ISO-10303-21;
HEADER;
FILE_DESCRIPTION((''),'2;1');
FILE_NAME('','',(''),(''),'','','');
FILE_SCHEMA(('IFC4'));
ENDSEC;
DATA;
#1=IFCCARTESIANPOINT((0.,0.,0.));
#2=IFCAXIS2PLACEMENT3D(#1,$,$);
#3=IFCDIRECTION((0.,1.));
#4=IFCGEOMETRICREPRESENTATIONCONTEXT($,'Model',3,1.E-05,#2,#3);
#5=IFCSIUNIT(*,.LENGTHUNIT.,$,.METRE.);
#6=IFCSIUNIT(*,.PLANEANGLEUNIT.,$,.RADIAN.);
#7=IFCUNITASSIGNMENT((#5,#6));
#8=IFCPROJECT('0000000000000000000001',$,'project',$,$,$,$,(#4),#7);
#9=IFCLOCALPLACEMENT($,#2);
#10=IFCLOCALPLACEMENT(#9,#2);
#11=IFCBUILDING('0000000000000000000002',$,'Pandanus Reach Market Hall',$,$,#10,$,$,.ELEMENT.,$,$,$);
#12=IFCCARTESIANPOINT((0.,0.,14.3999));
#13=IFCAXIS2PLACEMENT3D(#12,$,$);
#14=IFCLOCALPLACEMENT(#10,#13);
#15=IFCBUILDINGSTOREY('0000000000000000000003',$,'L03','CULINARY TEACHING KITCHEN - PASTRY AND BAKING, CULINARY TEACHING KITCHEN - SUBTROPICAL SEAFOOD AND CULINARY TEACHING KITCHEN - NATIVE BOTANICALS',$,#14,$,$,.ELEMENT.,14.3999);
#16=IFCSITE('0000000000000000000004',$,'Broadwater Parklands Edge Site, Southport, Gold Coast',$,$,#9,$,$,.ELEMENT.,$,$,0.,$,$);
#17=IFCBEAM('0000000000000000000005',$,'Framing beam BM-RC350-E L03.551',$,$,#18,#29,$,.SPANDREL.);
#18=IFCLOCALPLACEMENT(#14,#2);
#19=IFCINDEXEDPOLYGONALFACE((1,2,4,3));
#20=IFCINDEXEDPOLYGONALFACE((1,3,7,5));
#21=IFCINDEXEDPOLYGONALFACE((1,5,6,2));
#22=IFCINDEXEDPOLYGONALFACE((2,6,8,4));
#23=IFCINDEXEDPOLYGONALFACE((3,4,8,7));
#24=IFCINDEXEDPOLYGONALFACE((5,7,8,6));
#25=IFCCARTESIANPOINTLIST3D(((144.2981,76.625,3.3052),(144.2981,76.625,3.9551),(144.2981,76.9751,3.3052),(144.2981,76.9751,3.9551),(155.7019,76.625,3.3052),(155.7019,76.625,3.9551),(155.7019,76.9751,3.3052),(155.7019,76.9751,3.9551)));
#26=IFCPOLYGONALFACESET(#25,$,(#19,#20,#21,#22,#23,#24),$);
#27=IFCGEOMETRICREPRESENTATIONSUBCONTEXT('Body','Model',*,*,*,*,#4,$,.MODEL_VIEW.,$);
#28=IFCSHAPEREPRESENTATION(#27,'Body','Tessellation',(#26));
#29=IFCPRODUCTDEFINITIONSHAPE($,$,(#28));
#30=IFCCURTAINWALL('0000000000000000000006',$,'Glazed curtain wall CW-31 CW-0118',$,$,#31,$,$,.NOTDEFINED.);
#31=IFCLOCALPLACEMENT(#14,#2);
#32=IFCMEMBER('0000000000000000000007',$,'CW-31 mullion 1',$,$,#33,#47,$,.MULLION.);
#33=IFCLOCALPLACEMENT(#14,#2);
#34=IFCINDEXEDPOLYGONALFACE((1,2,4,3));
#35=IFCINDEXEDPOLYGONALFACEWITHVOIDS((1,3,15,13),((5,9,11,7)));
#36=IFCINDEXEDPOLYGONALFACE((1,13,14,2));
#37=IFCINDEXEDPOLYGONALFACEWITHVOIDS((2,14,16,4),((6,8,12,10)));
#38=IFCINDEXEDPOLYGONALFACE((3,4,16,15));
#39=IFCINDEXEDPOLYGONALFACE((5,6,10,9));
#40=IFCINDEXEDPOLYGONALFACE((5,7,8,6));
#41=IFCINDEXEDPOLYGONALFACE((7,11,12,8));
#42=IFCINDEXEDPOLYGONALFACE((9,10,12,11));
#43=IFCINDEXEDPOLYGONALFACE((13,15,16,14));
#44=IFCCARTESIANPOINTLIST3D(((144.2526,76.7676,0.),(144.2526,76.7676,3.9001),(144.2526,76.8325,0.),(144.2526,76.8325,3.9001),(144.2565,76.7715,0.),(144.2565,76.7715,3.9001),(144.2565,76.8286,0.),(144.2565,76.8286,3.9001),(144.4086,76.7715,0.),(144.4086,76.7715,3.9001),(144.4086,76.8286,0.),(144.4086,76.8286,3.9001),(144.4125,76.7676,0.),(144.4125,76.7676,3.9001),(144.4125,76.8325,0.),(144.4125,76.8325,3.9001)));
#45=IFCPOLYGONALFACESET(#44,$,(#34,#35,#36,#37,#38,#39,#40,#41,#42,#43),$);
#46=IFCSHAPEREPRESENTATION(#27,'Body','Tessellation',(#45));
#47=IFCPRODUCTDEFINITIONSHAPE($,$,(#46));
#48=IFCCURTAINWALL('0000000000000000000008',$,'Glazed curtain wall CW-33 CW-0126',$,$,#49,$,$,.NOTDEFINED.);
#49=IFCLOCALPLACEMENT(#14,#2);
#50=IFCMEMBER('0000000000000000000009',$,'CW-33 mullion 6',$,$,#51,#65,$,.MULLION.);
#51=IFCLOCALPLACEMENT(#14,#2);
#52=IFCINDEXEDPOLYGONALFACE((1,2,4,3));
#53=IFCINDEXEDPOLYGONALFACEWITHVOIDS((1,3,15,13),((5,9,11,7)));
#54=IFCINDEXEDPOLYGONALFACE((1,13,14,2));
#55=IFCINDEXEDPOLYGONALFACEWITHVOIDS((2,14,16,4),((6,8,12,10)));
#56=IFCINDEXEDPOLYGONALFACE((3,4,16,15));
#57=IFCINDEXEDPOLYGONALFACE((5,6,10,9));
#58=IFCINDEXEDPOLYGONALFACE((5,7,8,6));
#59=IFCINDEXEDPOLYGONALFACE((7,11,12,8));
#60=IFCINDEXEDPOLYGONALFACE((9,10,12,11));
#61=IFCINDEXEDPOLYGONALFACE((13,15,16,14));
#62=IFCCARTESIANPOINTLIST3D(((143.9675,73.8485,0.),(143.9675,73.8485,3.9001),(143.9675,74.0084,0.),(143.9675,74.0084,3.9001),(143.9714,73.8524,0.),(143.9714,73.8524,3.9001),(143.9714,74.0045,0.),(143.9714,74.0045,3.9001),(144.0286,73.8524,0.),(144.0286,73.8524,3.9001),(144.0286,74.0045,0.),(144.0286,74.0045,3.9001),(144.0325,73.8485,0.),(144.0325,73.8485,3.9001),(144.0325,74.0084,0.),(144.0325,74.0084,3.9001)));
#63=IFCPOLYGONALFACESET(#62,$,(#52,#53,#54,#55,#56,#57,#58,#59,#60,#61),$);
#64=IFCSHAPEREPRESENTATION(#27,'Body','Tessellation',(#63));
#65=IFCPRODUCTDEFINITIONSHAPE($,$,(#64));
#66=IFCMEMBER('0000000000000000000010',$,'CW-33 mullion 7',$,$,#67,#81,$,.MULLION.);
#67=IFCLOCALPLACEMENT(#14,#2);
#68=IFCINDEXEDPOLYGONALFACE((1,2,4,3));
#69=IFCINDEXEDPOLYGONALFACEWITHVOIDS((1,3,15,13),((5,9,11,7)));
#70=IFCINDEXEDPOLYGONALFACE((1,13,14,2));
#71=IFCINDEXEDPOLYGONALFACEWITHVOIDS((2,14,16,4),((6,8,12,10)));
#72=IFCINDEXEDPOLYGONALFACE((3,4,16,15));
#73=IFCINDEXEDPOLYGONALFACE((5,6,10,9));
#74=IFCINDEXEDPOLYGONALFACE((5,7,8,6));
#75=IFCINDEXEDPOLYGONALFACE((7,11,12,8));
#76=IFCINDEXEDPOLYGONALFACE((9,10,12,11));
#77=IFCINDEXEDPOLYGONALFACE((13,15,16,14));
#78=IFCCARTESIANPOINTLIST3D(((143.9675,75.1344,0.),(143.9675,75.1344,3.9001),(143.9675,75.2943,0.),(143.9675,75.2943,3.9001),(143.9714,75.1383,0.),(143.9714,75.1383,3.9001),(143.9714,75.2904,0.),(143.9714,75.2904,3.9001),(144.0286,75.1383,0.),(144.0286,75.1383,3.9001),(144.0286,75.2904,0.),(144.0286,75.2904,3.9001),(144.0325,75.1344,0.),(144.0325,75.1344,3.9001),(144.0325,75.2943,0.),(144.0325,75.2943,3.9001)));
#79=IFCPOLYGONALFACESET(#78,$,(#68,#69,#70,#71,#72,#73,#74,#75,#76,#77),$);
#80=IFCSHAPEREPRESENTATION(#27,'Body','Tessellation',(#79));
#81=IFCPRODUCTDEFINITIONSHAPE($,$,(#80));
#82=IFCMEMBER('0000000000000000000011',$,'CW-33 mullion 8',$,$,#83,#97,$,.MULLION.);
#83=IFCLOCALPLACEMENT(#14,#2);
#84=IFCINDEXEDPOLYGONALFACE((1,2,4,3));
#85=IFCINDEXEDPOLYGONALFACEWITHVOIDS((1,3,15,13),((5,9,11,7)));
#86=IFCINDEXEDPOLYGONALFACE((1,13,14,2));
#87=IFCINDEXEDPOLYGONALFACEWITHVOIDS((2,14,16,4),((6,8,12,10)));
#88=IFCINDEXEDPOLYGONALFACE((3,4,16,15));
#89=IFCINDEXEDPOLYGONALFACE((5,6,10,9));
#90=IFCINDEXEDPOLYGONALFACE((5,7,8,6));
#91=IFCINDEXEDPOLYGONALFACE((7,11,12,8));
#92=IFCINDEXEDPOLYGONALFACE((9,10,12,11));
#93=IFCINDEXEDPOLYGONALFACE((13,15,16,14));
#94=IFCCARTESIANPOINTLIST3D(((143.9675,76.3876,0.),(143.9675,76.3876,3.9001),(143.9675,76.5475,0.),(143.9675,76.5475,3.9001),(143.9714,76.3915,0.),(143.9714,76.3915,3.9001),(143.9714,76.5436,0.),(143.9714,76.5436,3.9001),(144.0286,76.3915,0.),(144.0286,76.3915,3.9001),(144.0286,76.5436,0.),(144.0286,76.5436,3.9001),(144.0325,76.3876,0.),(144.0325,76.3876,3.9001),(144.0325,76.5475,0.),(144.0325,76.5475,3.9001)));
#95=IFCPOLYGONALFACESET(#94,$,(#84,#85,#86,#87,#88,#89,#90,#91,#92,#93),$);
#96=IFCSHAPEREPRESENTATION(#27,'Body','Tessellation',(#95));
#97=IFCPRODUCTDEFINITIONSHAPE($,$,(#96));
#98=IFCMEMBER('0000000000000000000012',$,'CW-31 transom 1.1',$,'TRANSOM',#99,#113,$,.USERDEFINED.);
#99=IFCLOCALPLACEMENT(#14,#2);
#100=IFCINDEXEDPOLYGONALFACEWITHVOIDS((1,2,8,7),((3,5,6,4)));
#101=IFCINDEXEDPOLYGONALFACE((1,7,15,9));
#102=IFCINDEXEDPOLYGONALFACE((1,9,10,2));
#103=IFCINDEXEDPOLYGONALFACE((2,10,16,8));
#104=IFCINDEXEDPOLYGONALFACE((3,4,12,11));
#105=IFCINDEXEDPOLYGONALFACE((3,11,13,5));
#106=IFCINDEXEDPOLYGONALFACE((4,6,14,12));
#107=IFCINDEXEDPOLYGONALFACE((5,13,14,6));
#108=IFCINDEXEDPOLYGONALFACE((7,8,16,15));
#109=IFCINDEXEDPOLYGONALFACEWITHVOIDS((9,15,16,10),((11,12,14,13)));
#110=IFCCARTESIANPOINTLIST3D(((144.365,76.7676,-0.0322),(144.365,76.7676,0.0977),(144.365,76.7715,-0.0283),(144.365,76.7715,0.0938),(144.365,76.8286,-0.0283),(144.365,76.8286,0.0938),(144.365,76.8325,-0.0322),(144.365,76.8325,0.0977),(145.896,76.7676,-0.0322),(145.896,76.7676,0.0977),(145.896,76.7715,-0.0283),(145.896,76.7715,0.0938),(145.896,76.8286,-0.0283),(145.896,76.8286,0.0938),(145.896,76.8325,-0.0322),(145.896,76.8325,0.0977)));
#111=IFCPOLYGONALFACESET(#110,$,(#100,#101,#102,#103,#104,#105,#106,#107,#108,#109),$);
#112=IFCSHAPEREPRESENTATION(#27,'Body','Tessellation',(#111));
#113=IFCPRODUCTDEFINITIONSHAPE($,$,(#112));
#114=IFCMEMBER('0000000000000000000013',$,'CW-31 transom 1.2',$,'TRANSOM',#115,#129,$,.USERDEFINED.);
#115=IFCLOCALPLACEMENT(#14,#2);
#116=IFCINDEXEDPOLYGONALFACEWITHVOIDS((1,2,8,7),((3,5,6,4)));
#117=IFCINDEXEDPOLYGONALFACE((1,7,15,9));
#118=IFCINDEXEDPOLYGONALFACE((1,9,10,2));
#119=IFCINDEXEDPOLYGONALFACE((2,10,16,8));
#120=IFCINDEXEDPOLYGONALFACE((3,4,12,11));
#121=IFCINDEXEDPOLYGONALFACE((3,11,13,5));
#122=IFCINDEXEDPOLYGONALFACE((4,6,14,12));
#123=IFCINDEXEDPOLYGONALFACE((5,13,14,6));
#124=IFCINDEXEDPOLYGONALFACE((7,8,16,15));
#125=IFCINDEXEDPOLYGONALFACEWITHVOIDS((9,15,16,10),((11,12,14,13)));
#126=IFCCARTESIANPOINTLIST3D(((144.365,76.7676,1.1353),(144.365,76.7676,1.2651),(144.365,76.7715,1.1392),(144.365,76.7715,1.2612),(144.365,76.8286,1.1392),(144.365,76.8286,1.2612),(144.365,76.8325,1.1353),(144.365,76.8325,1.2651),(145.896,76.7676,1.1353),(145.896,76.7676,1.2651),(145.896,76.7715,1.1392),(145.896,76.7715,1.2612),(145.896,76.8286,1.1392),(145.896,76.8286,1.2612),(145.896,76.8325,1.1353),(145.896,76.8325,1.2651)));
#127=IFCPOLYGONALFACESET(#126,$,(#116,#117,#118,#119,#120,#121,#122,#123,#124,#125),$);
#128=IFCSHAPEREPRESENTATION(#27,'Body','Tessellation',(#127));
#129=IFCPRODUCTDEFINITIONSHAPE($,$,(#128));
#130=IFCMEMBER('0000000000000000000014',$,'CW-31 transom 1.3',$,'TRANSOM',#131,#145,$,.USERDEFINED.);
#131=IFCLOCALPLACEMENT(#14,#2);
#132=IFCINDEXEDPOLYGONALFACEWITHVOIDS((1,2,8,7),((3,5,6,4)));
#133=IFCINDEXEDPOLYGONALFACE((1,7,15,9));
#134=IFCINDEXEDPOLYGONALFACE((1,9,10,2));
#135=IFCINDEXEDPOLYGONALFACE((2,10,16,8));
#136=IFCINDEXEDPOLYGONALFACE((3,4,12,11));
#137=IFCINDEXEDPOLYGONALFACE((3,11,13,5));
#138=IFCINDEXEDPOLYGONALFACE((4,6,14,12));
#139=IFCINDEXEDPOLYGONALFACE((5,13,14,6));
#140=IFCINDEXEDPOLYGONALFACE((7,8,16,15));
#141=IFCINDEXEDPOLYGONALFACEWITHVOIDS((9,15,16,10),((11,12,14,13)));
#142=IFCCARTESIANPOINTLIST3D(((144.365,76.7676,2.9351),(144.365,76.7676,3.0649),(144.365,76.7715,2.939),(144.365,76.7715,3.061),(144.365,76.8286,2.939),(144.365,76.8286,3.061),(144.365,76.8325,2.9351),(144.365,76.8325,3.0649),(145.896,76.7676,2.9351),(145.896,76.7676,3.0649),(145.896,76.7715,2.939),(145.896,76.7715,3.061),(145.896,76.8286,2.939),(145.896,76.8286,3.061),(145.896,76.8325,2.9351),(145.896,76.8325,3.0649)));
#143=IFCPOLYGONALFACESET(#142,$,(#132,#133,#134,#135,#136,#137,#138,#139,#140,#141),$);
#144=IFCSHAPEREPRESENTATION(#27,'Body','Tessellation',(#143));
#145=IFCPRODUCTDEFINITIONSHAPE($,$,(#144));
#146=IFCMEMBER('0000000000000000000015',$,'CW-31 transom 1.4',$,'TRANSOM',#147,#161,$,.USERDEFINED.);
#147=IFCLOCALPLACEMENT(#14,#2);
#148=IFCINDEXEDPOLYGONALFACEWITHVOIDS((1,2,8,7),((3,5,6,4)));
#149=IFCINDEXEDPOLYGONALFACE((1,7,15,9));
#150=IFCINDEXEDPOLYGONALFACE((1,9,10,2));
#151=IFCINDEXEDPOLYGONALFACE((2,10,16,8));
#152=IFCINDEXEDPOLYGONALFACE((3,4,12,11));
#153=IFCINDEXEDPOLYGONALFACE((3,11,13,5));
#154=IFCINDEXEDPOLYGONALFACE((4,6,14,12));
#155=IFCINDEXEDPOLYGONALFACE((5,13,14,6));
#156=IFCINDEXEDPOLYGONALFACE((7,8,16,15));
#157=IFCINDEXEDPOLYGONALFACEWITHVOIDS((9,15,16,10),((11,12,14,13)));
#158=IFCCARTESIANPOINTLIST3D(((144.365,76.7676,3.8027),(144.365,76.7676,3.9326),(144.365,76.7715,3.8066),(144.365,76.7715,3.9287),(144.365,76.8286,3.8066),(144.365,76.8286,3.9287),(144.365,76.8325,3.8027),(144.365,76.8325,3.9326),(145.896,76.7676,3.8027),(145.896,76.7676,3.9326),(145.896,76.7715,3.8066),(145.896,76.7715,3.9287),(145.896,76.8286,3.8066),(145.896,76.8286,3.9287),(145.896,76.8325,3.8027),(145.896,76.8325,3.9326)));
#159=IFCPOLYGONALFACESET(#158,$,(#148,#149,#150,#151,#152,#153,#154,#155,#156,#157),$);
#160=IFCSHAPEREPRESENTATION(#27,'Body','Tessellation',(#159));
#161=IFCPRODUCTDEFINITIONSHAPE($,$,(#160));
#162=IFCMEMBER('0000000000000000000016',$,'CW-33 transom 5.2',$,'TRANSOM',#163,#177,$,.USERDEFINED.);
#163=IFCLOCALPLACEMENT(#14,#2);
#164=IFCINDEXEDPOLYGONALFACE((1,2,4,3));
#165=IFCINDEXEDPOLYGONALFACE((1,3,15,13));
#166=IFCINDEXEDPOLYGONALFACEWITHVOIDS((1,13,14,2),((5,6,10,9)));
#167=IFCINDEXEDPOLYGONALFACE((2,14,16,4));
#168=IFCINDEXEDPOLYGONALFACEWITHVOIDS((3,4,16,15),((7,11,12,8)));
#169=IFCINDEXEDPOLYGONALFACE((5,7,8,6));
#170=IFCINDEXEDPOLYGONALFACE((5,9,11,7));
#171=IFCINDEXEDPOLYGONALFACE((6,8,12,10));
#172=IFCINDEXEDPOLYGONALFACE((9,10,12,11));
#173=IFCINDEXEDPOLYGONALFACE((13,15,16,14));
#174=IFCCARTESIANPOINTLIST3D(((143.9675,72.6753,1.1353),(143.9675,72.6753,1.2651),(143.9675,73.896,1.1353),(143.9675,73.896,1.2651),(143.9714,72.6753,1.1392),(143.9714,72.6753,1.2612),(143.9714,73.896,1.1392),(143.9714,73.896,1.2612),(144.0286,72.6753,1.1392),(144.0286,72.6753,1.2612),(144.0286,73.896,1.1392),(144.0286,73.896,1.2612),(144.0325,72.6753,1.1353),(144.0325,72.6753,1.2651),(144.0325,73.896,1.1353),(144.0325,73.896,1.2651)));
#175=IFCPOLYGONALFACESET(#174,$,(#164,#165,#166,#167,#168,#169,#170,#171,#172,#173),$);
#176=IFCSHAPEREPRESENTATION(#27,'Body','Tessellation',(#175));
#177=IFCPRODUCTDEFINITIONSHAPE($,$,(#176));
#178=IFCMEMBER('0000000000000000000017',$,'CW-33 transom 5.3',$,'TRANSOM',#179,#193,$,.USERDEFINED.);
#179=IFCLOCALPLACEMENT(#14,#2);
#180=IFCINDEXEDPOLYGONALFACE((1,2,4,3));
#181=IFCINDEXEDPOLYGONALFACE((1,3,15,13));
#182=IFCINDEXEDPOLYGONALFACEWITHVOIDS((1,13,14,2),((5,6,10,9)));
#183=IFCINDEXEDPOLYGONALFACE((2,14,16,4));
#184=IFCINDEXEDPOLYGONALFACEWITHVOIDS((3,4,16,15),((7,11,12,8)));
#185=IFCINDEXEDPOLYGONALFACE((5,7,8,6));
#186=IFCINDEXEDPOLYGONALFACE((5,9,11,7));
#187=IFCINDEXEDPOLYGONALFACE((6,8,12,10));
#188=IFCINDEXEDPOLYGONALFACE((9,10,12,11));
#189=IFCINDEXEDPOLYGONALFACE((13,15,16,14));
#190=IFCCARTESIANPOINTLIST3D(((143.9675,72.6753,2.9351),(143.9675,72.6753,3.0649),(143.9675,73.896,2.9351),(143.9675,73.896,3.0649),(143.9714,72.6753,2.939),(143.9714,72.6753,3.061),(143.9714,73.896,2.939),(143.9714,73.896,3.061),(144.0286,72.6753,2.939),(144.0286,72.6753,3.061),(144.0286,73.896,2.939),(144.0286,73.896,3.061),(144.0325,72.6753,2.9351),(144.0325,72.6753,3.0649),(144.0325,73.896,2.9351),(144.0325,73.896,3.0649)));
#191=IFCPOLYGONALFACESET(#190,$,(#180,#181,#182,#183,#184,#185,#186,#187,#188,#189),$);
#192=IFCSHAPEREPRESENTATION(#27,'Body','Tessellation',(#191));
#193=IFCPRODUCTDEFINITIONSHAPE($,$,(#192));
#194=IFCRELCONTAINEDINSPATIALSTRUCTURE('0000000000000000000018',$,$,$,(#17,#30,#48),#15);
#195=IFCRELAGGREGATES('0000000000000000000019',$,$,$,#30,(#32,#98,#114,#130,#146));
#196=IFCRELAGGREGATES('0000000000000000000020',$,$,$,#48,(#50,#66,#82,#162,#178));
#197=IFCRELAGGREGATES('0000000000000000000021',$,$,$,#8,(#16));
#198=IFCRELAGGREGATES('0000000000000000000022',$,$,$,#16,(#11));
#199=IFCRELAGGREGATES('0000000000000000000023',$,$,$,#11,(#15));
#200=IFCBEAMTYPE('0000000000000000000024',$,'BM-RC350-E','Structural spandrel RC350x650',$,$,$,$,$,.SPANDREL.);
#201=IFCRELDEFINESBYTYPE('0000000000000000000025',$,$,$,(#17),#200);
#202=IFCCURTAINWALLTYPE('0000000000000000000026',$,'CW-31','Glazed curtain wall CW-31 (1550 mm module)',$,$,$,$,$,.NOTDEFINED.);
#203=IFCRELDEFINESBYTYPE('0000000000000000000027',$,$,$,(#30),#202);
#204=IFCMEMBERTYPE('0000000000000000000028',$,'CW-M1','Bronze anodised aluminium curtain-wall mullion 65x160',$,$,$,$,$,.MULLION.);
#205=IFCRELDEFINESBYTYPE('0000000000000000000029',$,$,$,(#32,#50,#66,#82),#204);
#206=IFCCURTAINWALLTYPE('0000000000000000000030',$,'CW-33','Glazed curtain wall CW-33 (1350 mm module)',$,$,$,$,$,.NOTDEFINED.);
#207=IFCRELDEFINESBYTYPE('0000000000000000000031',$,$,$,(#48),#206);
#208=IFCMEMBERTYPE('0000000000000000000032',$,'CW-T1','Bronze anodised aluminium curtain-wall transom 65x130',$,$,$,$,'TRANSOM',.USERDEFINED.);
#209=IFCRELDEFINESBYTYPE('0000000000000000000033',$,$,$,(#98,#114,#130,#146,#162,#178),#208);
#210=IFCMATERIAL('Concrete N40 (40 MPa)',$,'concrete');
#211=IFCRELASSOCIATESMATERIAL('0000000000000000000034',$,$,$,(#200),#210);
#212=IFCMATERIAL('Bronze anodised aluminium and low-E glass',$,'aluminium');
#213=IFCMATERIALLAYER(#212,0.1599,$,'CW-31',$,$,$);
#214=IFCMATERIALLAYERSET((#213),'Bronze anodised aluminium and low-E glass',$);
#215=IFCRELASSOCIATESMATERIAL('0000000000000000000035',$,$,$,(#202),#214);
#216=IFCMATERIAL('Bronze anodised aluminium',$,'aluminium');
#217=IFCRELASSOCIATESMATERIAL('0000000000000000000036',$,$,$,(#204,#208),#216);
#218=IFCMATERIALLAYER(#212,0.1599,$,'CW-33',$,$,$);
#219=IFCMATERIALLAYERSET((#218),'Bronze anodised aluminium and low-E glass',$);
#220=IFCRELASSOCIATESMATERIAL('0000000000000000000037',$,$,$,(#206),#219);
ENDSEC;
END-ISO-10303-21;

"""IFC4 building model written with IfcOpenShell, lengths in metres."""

from ifc_helpers import new_model, si_unit, direction, frame, origin, origin_2d, place, context, subcontext, project, spatial, rectangle, hollow_rectangle, extrude, material, layer, layer_set, material_profile, profile_set, type_object, element, aggregate, save


model = new_model("IFC4")

# Units and contexts
model_context = context("Model", 3, precision=1e-05, world=origin(), true_north=direction((0.0, 1.0)))
body_context = subcontext(model_context, "Body", "Model", "MODEL_VIEW")
ifc_project = project(units=[si_unit("LENGTHUNIT", "METRE"), si_unit("PLANEANGLEUNIT", "RADIAN")], contexts=[model_context])

# Site, building, storey
site_placement = place(None, origin())
site = spatial("IfcSite", under=ifc_project, at=site_placement, Name="Broadwater Parklands Edge Site, Southport, Gold Coast", CompositionType="ELEMENT", RefElevation=0.0)
building_placement = place(site_placement, origin())
building = spatial("IfcBuilding", under=site, at=building_placement, Name="Pandanus Reach Market Hall", CompositionType="ELEMENT")
storey_placement = place(building_placement, frame((0.0, 0.0, 14.3999)))
storey = spatial("IfcBuildingStorey", under=building, at=storey_placement, Name="L03", Description="CULINARY TEACHING KITCHEN - PASTRY AND BAKING, CULINARY TEACHING KITCHEN - SUBTROPICAL SEAFOOD AND CULINARY TEACHING KITCHEN - NATIVE BOTANICALS", CompositionType="ELEMENT", Elevation=14.3999)

# Beam
ifc_material_1 = material(Name="Concrete N40 (40 MPa)", Category="concrete")
ifc_material_profile_1 = material_profile(ifc_material_1, rectangle(XDim=0.3501, YDim=0.6499, at=origin_2d()), Name="RC350x650", Category="LoadBearing")
ifc_profile_set_1 = profile_set([ifc_material_profile_1], Name="Concrete N40 (40 MPa)")
beam_type = type_object("IfcBeamType", Name="BM-RC350-E", Description="Structural spandrel RC350x650", PredefinedType="SPANDREL", material=ifc_profile_set_1)
beam_placement = place(storey_placement, frame((144.2981, 76.8, 3.6301), z_axis=(1.0, 0.0, 0.0), x_axis=(0.0, 1.0, 0.0)))
element("IfcBeam", 1, at=beam_placement, inside=storey, type_object=beam_type, Name="Framing beam BM-RC350-E L03.551", PredefinedType="SPANDREL", context=body_context, shape_type="SweptSolid", body=[
    extrude(rectangle(XDim=0.3501, YDim=0.6499, at=origin_2d()), origin(), (0.0, 0.0, 1.0), 11.4038),
])

# Curtain wall, member
ifc_material_2 = material(Name="Bronze anodised aluminium and low-E glass", Category="aluminium")
ifc_layer_1 = layer(ifc_material_2, 0.1599, Name="CW-31")
ifc_layer_set_1 = layer_set([ifc_layer_1], Name="Bronze anodised aluminium and low-E glass")
curtain_wall_type_1 = type_object("IfcCurtainWallType", Name="CW-31", Description="Glazed curtain wall CW-31 (1550 mm module)", PredefinedType="NOTDEFINED", material=ifc_layer_set_1)
curtain_wall_1_placement = place(storey_placement, origin())
curtain_wall_1 = element("IfcCurtainWall", 2, at=curtain_wall_1_placement, inside=storey, type_object=curtain_wall_type_1, Name="Glazed curtain wall CW-31 CW-0118", PredefinedType="NOTDEFINED")
ifc_material_3 = material(Name="Bronze anodised aluminium", Category="aluminium")
ifc_material_profile_2 = material_profile(ifc_material_3, hollow_rectangle(XDim=0.0649, YDim=0.1599, WallThickness=0.0039, at=origin_2d()), Name="ALU65x160", Category="LoadBearing")
ifc_profile_set_2 = profile_set([ifc_material_profile_2], Name="Bronze anodised aluminium")
member_type_1 = type_object("IfcMemberType", Name="CW-M1", Description="Bronze anodised aluminium curtain-wall mullion 65x160", PredefinedType="MULLION", material=ifc_profile_set_2)
member_1_placement = place(storey_placement, frame((144.3325, 76.8, 0.0), z_axis=(0.0, 0.0, 1.0), x_axis=(0.0, 1.0, 0.0)))
member_1 = element("IfcMember", 3, at=member_1_placement, type_object=member_type_1, Name="CW-31 mullion 1", PredefinedType="MULLION", context=body_context, shape_type="SweptSolid", body=[
    extrude(hollow_rectangle(XDim=0.0649, YDim=0.1599, WallThickness=0.0039, at=origin_2d()), origin(), (0.0, 0.0, 1.0), 3.9001),
])

# Curtain wall, members
ifc_layer_2 = layer(ifc_material_2, 0.1599, Name="CW-33")
ifc_layer_set_2 = layer_set([ifc_layer_2], Name="Bronze anodised aluminium and low-E glass")
curtain_wall_type_2 = type_object("IfcCurtainWallType", Name="CW-33", Description="Glazed curtain wall CW-33 (1350 mm module)", PredefinedType="NOTDEFINED", material=ifc_layer_set_2)
curtain_wall_2_placement = place(storey_placement, origin())
curtain_wall_2 = element("IfcCurtainWall", 4, at=curtain_wall_2_placement, inside=storey, type_object=curtain_wall_type_2, Name="Glazed curtain wall CW-33 CW-0126", PredefinedType="NOTDEFINED")
member_2_placement = place(storey_placement, frame((144.0, 73.9285, 0.0), z_axis=(0.0, 0.0, 1.0), x_axis=(-1.0, 0.0, 0.0)))
member_2 = element("IfcMember", 5, at=member_2_placement, type_object=member_type_1, Name="CW-33 mullion 6", PredefinedType="MULLION", context=body_context, shape_type="SweptSolid", body=[
    extrude(hollow_rectangle(XDim=0.0649, YDim=0.1599, WallThickness=0.0039, at=origin_2d()), origin(), (0.0, 0.0, 1.0), 3.9001),
])
member_3_placement = place(storey_placement, frame((144.0, 75.2144, 0.0), z_axis=(0.0, 0.0, 1.0), x_axis=(-1.0, 0.0, 0.0)))
member_3 = element("IfcMember", 6, at=member_3_placement, type_object=member_type_1, Name="CW-33 mullion 7", PredefinedType="MULLION", context=body_context, shape_type="SweptSolid", body=[
    extrude(hollow_rectangle(XDim=0.0649, YDim=0.1599, WallThickness=0.0039, at=origin_2d()), origin(), (0.0, 0.0, 1.0), 3.9001),
])
member_4_placement = place(storey_placement, frame((144.0, 76.4675, 0.0), z_axis=(0.0, 0.0, 1.0), x_axis=(-1.0, 0.0, 0.0)))
member_4 = element("IfcMember", 7, at=member_4_placement, type_object=member_type_1, Name="CW-33 mullion 8", PredefinedType="MULLION", context=body_context, shape_type="SweptSolid", body=[
    extrude(hollow_rectangle(XDim=0.0649, YDim=0.1599, WallThickness=0.0039, at=origin_2d()), origin(), (0.0, 0.0, 1.0), 3.9001),
])

# Members
ifc_material_profile_3 = material_profile(ifc_material_3, hollow_rectangle(XDim=0.0649, YDim=0.1299, WallThickness=0.0039, at=origin_2d()), Name="ALU65x130", Category="LoadBearing")
ifc_profile_set_3 = profile_set([ifc_material_profile_3], Name="Bronze anodised aluminium")
member_type_2 = type_object("IfcMemberType", Name="CW-T1", Description="Bronze anodised aluminium curtain-wall transom 65x130", ElementType="TRANSOM", PredefinedType="USERDEFINED", material=ifc_profile_set_3)
member_5_placement = place(storey_placement, frame((144.365, 76.8, 0.0327), z_axis=(1.0, 0.0, 0.0), x_axis=(0.0, 1.0, 0.0)))
member_5 = element("IfcMember", 8, at=member_5_placement, type_object=member_type_2, Name="CW-31 transom 1.1", ObjectType="TRANSOM", PredefinedType="USERDEFINED", context=body_context, shape_type="SweptSolid", body=[
    extrude(hollow_rectangle(XDim=0.0649, YDim=0.1299, WallThickness=0.0039, at=origin_2d()), origin(), (0.0, 0.0, 1.0), 1.531),
])
member_6_placement = place(storey_placement, frame((144.365, 76.8, 1.2002), z_axis=(1.0, 0.0, 0.0), x_axis=(0.0, 1.0, 0.0)))
member_6 = element("IfcMember", 9, at=member_6_placement, type_object=member_type_2, Name="CW-31 transom 1.2", ObjectType="TRANSOM", PredefinedType="USERDEFINED", context=body_context, shape_type="SweptSolid", body=[
    extrude(hollow_rectangle(XDim=0.0649, YDim=0.1299, WallThickness=0.0039, at=origin_2d()), origin(), (0.0, 0.0, 1.0), 1.531),
])
member_7_placement = place(storey_placement, frame((144.365, 76.8, 3.0), z_axis=(1.0, 0.0, 0.0), x_axis=(0.0, 1.0, 0.0)))
member_7 = element("IfcMember", 10, at=member_7_placement, type_object=member_type_2, Name="CW-31 transom 1.3", ObjectType="TRANSOM", PredefinedType="USERDEFINED", context=body_context, shape_type="SweptSolid", body=[
    extrude(hollow_rectangle(XDim=0.0649, YDim=0.1299, WallThickness=0.0039, at=origin_2d()), origin(), (0.0, 0.0, 1.0), 1.531),
])
member_8_placement = place(storey_placement, frame((144.365, 76.8, 3.8677), z_axis=(1.0, 0.0, 0.0), x_axis=(0.0, 1.0, 0.0)))
member_8 = element("IfcMember", 11, at=member_8_placement, type_object=member_type_2, Name="CW-31 transom 1.4", ObjectType="TRANSOM", PredefinedType="USERDEFINED", context=body_context, shape_type="SweptSolid", body=[
    extrude(hollow_rectangle(XDim=0.0649, YDim=0.1299, WallThickness=0.0039, at=origin_2d()), origin(), (0.0, 0.0, 1.0), 1.531),
])
member_9_placement = place(storey_placement, frame((144.0, 72.6753, 1.2002), z_axis=(0.0, 1.0, 0.0), x_axis=(-1.0, 0.0, 0.0)))
member_9 = element("IfcMember", 12, at=member_9_placement, type_object=member_type_2, Name="CW-33 transom 5.2", ObjectType="TRANSOM", PredefinedType="USERDEFINED", context=body_context, shape_type="SweptSolid", body=[
    extrude(hollow_rectangle(XDim=0.0649, YDim=0.1299, WallThickness=0.0039, at=origin_2d()), origin(), (0.0, 0.0, 1.0), 1.2207),
])
member_10_placement = place(storey_placement, frame((144.0, 72.6753, 3.0), z_axis=(0.0, 1.0, 0.0), x_axis=(-1.0, 0.0, 0.0)))
member_10 = element("IfcMember", 13, at=member_10_placement, type_object=member_type_2, Name="CW-33 transom 5.3", ObjectType="TRANSOM", PredefinedType="USERDEFINED", context=body_context, shape_type="SweptSolid", body=[
    extrude(hollow_rectangle(XDim=0.0649, YDim=0.1299, WallThickness=0.0039, at=origin_2d()), origin(), (0.0, 0.0, 1.0), 1.2207),
])

aggregate(curtain_wall_1, [member_1, member_5, member_6, member_7, member_8])
aggregate(curtain_wall_2, [member_2, member_3, member_4, member_9, member_10])

save(model, "model.ifc")
